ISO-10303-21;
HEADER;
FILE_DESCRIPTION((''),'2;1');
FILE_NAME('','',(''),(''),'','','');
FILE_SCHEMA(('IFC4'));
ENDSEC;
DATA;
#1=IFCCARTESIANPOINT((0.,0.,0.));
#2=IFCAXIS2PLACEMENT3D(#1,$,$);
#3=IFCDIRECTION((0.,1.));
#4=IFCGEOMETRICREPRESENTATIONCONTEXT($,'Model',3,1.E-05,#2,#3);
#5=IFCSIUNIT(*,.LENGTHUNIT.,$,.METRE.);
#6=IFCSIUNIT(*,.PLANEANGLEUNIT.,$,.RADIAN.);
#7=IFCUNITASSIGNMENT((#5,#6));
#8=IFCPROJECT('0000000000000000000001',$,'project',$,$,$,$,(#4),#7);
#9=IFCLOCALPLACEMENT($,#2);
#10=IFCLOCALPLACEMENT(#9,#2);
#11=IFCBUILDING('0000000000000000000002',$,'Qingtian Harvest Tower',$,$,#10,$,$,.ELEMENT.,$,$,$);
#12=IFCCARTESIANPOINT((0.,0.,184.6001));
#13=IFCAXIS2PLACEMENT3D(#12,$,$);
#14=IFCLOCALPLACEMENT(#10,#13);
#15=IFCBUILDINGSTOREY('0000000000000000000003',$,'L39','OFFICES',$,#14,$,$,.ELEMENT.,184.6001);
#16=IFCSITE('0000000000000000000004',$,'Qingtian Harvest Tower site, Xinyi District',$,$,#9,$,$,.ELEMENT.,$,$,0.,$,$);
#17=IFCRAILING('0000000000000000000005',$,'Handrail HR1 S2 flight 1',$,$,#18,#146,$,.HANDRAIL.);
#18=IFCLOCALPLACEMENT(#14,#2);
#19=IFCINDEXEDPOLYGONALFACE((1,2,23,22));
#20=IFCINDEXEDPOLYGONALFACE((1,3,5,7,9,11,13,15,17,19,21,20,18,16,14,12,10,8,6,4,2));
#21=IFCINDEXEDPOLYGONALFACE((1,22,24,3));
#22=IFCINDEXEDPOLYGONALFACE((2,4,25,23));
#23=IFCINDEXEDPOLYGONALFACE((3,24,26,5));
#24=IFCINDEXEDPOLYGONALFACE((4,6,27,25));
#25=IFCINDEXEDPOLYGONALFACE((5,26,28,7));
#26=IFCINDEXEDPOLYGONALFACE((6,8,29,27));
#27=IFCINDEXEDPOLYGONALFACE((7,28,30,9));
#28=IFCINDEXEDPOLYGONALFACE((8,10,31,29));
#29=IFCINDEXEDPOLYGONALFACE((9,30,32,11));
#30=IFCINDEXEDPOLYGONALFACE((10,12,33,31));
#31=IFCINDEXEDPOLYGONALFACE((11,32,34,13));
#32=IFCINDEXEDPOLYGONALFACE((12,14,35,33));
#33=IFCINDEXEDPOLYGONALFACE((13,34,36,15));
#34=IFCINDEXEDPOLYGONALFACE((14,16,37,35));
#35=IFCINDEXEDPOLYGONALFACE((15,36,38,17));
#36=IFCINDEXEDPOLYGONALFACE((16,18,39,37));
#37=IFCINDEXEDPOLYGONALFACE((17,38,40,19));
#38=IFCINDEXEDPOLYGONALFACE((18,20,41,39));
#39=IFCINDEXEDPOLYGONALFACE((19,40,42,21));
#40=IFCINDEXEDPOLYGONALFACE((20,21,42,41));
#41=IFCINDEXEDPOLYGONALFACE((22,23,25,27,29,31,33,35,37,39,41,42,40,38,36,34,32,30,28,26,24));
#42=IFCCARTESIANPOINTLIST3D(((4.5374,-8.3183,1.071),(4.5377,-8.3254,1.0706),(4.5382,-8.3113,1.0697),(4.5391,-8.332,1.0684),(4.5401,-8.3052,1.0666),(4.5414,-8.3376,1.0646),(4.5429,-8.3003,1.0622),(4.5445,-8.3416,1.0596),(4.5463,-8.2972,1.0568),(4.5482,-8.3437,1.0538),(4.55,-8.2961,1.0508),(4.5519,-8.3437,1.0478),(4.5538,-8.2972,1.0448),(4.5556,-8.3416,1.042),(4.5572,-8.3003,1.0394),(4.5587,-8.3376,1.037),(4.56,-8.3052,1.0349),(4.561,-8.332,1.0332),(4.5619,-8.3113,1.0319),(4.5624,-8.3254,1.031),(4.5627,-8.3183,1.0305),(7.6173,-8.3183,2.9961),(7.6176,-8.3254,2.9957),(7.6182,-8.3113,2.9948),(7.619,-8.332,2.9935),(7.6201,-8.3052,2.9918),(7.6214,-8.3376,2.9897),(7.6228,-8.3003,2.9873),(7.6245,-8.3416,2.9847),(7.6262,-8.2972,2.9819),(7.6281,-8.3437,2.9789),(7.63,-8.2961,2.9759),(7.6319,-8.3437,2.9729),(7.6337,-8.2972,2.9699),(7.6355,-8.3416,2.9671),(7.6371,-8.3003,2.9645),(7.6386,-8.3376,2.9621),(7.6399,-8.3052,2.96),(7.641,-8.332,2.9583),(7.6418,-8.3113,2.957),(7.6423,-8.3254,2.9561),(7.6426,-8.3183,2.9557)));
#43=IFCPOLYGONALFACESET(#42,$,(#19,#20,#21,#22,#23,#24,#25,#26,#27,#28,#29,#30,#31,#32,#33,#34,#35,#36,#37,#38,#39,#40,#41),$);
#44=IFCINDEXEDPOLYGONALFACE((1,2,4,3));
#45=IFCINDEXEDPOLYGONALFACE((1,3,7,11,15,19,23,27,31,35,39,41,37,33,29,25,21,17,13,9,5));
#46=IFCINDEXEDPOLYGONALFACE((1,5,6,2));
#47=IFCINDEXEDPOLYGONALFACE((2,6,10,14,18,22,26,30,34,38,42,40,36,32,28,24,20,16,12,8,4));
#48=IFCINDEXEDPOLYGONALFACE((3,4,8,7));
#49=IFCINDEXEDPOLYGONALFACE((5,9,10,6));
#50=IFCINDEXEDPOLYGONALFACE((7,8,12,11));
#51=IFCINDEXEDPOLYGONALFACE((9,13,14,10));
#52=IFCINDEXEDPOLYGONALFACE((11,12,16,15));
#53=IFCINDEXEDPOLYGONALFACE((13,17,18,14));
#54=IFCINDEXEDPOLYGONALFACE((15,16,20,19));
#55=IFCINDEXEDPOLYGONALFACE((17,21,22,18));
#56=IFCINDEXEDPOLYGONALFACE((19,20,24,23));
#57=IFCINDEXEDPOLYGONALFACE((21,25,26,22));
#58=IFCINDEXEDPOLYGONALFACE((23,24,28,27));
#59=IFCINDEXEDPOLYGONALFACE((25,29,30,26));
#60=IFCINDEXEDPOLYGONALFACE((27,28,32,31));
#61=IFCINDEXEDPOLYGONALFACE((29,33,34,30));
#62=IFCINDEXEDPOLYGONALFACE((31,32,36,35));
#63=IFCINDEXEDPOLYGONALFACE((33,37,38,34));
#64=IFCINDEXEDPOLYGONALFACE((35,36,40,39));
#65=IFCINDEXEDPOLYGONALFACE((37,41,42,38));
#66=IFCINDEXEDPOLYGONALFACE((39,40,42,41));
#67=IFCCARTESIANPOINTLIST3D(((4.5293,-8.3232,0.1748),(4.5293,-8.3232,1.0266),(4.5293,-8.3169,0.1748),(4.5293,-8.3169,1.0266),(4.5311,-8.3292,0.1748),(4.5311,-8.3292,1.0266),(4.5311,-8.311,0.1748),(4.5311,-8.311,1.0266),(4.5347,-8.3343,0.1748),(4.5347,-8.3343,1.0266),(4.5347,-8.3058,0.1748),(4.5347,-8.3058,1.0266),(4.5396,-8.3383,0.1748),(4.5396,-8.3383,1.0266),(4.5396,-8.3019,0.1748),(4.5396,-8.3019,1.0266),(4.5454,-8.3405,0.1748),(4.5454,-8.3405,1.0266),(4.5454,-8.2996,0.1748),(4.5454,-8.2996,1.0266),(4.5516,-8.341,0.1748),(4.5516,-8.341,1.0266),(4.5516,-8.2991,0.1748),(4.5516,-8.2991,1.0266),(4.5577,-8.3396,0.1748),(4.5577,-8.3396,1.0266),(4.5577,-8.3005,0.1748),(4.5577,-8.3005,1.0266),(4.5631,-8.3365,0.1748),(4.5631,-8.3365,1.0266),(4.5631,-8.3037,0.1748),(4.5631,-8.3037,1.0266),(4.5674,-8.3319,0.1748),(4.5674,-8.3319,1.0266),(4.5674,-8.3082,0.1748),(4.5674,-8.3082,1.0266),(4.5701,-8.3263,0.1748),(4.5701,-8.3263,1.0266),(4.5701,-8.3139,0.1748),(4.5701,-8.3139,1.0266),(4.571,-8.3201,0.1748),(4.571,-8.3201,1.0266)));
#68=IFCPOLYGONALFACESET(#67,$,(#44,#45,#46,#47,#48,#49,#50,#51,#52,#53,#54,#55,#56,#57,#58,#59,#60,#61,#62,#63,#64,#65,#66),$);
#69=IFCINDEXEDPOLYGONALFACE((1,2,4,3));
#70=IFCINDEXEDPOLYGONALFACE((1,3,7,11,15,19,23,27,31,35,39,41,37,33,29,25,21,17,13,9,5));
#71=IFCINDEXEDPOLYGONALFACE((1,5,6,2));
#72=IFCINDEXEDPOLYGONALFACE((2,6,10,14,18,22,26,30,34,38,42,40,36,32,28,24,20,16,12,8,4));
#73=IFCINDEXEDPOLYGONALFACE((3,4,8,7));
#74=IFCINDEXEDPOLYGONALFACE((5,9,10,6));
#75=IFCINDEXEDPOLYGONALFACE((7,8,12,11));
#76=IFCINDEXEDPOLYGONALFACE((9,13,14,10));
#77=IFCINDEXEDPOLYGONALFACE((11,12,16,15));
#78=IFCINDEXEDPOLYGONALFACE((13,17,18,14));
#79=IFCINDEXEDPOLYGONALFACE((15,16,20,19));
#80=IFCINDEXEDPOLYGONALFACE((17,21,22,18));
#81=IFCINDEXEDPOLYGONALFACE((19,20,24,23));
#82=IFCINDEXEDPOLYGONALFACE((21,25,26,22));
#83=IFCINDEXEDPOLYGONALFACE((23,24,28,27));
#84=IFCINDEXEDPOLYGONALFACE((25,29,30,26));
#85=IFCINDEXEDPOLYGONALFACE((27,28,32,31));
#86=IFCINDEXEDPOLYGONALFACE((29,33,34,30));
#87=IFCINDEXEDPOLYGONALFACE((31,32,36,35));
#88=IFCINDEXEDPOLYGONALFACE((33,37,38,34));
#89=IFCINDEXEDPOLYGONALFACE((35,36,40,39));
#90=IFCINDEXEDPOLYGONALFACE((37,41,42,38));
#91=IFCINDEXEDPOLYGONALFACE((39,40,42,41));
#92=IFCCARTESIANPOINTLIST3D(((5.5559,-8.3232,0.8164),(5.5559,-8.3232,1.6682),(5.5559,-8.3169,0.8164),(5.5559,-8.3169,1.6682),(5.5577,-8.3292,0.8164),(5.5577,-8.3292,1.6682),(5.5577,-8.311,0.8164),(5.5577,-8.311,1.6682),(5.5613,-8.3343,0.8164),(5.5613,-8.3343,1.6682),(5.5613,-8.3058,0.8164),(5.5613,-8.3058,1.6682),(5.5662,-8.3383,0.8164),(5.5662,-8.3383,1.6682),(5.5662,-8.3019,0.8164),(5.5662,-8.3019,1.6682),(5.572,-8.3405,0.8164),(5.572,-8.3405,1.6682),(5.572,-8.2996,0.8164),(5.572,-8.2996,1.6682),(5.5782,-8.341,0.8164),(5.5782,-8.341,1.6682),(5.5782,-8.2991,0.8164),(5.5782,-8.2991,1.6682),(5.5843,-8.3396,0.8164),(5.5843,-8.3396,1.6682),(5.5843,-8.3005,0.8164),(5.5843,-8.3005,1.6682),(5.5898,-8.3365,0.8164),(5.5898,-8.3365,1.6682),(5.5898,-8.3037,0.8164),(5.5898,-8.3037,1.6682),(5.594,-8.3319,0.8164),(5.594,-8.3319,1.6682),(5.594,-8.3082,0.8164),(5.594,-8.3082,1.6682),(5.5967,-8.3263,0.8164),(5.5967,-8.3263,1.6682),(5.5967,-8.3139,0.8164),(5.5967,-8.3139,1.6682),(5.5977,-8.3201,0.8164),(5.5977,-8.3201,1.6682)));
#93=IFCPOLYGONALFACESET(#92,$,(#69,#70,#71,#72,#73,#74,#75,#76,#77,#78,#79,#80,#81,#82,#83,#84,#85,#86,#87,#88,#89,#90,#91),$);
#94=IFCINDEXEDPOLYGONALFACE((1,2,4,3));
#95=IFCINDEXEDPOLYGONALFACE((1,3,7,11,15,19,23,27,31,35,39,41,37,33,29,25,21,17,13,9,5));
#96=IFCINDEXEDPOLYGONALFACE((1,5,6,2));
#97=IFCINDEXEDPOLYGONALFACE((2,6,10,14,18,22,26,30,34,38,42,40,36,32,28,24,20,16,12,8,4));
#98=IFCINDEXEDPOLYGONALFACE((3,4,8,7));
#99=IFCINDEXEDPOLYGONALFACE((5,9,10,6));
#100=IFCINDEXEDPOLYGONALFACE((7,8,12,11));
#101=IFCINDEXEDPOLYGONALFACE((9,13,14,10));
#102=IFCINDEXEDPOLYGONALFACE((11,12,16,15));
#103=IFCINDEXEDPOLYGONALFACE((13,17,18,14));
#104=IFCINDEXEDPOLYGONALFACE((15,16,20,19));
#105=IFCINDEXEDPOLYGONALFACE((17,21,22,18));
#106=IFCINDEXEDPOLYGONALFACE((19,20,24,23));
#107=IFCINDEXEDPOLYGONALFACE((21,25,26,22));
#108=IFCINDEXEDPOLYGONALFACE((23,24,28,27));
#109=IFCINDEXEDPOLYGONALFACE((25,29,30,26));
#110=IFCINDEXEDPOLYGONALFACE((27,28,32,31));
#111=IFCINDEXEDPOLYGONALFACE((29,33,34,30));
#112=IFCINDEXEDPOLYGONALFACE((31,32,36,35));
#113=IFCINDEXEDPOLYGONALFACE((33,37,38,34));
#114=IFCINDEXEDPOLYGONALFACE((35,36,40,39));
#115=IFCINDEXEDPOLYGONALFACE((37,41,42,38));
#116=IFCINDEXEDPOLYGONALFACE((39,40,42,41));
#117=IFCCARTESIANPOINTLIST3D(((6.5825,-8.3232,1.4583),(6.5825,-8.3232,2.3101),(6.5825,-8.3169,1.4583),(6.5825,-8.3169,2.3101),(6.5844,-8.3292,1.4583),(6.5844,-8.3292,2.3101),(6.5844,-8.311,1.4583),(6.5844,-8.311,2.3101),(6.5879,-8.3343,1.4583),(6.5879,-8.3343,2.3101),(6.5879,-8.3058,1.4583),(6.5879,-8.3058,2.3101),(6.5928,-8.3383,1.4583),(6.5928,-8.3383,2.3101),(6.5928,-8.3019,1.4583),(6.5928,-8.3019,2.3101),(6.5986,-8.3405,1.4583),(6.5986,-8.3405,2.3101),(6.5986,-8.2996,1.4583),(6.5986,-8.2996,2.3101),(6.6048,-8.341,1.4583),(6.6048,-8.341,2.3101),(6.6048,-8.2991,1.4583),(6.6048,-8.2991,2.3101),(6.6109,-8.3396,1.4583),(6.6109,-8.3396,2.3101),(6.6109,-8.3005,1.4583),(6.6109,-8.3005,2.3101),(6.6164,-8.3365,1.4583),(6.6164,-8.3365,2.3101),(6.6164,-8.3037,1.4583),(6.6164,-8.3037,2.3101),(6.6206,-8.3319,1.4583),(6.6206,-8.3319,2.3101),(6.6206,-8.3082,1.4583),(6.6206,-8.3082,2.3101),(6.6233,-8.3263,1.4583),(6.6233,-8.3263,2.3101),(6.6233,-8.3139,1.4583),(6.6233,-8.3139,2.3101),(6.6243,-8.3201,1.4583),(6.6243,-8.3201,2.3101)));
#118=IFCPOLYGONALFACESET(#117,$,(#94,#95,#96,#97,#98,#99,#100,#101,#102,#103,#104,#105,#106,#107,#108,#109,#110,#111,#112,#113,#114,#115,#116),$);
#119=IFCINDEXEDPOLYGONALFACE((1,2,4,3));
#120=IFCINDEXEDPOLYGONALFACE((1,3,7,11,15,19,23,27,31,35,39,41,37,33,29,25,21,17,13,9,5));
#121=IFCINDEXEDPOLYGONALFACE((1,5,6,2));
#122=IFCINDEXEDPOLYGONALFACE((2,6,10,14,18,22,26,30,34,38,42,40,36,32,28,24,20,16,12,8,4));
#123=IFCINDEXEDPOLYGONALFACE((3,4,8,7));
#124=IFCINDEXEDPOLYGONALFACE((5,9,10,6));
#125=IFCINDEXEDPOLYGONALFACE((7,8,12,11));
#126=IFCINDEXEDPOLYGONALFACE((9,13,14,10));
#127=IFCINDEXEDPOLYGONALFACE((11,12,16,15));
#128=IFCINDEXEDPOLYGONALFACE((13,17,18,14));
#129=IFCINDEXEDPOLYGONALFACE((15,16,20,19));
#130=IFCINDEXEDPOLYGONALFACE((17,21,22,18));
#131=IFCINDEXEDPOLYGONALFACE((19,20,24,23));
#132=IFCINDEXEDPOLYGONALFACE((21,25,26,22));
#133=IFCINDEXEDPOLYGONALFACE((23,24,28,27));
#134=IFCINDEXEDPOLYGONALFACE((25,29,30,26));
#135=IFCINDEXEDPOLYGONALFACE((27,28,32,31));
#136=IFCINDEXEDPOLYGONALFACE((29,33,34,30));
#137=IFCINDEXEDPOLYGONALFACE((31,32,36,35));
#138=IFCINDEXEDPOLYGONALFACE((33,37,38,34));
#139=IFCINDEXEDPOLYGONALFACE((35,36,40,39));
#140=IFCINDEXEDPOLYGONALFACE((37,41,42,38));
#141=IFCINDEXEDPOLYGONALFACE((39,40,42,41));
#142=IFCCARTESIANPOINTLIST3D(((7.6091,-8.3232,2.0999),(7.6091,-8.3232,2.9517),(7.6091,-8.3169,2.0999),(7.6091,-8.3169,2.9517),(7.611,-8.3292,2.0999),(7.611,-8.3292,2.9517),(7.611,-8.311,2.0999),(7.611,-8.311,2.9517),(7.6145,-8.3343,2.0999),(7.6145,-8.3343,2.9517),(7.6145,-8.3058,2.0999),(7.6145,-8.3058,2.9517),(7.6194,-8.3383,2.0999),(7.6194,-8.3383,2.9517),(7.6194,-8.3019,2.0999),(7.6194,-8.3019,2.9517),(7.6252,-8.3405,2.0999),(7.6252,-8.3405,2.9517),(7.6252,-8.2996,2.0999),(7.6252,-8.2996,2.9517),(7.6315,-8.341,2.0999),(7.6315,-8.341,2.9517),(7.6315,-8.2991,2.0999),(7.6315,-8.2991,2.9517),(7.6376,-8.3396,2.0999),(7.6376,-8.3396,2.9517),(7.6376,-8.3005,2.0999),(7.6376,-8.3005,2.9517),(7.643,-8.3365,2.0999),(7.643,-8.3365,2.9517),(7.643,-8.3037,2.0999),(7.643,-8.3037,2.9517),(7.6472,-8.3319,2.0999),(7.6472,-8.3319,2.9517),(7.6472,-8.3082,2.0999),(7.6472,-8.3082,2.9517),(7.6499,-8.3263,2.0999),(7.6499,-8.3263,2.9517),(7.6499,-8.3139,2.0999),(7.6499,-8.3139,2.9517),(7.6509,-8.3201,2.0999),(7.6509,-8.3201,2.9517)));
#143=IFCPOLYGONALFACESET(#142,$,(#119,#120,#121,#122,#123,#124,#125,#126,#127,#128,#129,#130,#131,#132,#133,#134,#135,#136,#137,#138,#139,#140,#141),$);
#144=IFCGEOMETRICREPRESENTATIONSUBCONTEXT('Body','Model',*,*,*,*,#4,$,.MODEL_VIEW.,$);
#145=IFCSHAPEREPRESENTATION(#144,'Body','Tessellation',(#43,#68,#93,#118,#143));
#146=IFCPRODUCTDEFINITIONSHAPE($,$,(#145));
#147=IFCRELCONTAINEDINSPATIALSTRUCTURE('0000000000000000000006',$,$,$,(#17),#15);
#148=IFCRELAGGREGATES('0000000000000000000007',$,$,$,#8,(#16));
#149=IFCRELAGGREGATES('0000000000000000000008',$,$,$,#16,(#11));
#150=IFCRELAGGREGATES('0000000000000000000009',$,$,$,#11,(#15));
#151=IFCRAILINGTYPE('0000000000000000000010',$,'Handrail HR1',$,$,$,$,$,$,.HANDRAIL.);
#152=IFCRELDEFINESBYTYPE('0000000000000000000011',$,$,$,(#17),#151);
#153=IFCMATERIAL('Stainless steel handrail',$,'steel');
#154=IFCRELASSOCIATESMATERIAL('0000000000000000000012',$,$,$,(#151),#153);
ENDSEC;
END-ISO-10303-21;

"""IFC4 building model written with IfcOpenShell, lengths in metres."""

from ifc_helpers import new_model, si_unit, direction, frame, origin, origin_2d, place, context, subcontext, project, spatial, circle, extrude, material, type_object, element, save


model = new_model("IFC4")

# Units and contexts
model_context = context("Model", 3, precision=1e-05, world=origin(), true_north=direction((0.0, 1.0)))
body_context = subcontext(model_context, "Body", "Model", "MODEL_VIEW")
ifc_project = project(units=[si_unit("LENGTHUNIT", "METRE"), si_unit("PLANEANGLEUNIT", "RADIAN")], contexts=[model_context])

# Site, building, storey
site_placement = place(None, origin())
site = spatial("IfcSite", under=ifc_project, at=site_placement, Name="Qingtian Harvest Tower site, Xinyi District", CompositionType="ELEMENT", RefElevation=0.0)
building_placement = place(site_placement, origin())
building = spatial("IfcBuilding", under=site, at=building_placement, Name="Qingtian Harvest Tower", CompositionType="ELEMENT")
storey_placement = place(building_placement, frame((0.0, 0.0, 184.6001)))
storey = spatial("IfcBuildingStorey", under=building, at=storey_placement, Name="L39", Description="OFFICES", CompositionType="ELEMENT", Elevation=184.6001)

# Railing
ifc_material_1 = material(Name="Stainless steel handrail", Category="steel")
railing_type = type_object("IfcRailingType", Name="Handrail HR1", PredefinedType="HANDRAIL", material=ifc_material_1)
railing_1_placement = place(storey_placement, frame((4.55, -8.3201, 0.1748)))
element("IfcRailing", 1, at=railing_1_placement, inside=storey, type_object=railing_type, Name="Handrail HR1 S2 flight 1", PredefinedType="HANDRAIL", context=body_context, shape_type="SweptSolid", body=[
    extrude(circle(Radius=0.0239, at=origin_2d()), frame((0.0, 0.0, 0.876), z_axis=(0.847979, 0.0, 0.530029), x_axis=(0.0, 1.0, 0.0)), (0.0, 0.0, 1.0), 3.6321),
    extrude(circle(Radius=0.021, at=origin_2d()), origin(), (0.0, 0.0, 1.0), 0.8518),
    extrude(circle(Radius=0.021, at=origin_2d()), frame((1.0266, 0.0, 0.6416)), (0.0, 0.0, 1.0), 0.8518),
    extrude(circle(Radius=0.021, at=origin_2d()), frame((2.0532, 0.0, 1.2834)), (0.0, 0.0, 1.0), 0.8518),
    extrude(circle(Radius=0.021, at=origin_2d()), frame((3.0798, 0.0, 1.925)), (0.0, 0.0, 1.0), 0.8518),
])

save(model, "model.ifc")
